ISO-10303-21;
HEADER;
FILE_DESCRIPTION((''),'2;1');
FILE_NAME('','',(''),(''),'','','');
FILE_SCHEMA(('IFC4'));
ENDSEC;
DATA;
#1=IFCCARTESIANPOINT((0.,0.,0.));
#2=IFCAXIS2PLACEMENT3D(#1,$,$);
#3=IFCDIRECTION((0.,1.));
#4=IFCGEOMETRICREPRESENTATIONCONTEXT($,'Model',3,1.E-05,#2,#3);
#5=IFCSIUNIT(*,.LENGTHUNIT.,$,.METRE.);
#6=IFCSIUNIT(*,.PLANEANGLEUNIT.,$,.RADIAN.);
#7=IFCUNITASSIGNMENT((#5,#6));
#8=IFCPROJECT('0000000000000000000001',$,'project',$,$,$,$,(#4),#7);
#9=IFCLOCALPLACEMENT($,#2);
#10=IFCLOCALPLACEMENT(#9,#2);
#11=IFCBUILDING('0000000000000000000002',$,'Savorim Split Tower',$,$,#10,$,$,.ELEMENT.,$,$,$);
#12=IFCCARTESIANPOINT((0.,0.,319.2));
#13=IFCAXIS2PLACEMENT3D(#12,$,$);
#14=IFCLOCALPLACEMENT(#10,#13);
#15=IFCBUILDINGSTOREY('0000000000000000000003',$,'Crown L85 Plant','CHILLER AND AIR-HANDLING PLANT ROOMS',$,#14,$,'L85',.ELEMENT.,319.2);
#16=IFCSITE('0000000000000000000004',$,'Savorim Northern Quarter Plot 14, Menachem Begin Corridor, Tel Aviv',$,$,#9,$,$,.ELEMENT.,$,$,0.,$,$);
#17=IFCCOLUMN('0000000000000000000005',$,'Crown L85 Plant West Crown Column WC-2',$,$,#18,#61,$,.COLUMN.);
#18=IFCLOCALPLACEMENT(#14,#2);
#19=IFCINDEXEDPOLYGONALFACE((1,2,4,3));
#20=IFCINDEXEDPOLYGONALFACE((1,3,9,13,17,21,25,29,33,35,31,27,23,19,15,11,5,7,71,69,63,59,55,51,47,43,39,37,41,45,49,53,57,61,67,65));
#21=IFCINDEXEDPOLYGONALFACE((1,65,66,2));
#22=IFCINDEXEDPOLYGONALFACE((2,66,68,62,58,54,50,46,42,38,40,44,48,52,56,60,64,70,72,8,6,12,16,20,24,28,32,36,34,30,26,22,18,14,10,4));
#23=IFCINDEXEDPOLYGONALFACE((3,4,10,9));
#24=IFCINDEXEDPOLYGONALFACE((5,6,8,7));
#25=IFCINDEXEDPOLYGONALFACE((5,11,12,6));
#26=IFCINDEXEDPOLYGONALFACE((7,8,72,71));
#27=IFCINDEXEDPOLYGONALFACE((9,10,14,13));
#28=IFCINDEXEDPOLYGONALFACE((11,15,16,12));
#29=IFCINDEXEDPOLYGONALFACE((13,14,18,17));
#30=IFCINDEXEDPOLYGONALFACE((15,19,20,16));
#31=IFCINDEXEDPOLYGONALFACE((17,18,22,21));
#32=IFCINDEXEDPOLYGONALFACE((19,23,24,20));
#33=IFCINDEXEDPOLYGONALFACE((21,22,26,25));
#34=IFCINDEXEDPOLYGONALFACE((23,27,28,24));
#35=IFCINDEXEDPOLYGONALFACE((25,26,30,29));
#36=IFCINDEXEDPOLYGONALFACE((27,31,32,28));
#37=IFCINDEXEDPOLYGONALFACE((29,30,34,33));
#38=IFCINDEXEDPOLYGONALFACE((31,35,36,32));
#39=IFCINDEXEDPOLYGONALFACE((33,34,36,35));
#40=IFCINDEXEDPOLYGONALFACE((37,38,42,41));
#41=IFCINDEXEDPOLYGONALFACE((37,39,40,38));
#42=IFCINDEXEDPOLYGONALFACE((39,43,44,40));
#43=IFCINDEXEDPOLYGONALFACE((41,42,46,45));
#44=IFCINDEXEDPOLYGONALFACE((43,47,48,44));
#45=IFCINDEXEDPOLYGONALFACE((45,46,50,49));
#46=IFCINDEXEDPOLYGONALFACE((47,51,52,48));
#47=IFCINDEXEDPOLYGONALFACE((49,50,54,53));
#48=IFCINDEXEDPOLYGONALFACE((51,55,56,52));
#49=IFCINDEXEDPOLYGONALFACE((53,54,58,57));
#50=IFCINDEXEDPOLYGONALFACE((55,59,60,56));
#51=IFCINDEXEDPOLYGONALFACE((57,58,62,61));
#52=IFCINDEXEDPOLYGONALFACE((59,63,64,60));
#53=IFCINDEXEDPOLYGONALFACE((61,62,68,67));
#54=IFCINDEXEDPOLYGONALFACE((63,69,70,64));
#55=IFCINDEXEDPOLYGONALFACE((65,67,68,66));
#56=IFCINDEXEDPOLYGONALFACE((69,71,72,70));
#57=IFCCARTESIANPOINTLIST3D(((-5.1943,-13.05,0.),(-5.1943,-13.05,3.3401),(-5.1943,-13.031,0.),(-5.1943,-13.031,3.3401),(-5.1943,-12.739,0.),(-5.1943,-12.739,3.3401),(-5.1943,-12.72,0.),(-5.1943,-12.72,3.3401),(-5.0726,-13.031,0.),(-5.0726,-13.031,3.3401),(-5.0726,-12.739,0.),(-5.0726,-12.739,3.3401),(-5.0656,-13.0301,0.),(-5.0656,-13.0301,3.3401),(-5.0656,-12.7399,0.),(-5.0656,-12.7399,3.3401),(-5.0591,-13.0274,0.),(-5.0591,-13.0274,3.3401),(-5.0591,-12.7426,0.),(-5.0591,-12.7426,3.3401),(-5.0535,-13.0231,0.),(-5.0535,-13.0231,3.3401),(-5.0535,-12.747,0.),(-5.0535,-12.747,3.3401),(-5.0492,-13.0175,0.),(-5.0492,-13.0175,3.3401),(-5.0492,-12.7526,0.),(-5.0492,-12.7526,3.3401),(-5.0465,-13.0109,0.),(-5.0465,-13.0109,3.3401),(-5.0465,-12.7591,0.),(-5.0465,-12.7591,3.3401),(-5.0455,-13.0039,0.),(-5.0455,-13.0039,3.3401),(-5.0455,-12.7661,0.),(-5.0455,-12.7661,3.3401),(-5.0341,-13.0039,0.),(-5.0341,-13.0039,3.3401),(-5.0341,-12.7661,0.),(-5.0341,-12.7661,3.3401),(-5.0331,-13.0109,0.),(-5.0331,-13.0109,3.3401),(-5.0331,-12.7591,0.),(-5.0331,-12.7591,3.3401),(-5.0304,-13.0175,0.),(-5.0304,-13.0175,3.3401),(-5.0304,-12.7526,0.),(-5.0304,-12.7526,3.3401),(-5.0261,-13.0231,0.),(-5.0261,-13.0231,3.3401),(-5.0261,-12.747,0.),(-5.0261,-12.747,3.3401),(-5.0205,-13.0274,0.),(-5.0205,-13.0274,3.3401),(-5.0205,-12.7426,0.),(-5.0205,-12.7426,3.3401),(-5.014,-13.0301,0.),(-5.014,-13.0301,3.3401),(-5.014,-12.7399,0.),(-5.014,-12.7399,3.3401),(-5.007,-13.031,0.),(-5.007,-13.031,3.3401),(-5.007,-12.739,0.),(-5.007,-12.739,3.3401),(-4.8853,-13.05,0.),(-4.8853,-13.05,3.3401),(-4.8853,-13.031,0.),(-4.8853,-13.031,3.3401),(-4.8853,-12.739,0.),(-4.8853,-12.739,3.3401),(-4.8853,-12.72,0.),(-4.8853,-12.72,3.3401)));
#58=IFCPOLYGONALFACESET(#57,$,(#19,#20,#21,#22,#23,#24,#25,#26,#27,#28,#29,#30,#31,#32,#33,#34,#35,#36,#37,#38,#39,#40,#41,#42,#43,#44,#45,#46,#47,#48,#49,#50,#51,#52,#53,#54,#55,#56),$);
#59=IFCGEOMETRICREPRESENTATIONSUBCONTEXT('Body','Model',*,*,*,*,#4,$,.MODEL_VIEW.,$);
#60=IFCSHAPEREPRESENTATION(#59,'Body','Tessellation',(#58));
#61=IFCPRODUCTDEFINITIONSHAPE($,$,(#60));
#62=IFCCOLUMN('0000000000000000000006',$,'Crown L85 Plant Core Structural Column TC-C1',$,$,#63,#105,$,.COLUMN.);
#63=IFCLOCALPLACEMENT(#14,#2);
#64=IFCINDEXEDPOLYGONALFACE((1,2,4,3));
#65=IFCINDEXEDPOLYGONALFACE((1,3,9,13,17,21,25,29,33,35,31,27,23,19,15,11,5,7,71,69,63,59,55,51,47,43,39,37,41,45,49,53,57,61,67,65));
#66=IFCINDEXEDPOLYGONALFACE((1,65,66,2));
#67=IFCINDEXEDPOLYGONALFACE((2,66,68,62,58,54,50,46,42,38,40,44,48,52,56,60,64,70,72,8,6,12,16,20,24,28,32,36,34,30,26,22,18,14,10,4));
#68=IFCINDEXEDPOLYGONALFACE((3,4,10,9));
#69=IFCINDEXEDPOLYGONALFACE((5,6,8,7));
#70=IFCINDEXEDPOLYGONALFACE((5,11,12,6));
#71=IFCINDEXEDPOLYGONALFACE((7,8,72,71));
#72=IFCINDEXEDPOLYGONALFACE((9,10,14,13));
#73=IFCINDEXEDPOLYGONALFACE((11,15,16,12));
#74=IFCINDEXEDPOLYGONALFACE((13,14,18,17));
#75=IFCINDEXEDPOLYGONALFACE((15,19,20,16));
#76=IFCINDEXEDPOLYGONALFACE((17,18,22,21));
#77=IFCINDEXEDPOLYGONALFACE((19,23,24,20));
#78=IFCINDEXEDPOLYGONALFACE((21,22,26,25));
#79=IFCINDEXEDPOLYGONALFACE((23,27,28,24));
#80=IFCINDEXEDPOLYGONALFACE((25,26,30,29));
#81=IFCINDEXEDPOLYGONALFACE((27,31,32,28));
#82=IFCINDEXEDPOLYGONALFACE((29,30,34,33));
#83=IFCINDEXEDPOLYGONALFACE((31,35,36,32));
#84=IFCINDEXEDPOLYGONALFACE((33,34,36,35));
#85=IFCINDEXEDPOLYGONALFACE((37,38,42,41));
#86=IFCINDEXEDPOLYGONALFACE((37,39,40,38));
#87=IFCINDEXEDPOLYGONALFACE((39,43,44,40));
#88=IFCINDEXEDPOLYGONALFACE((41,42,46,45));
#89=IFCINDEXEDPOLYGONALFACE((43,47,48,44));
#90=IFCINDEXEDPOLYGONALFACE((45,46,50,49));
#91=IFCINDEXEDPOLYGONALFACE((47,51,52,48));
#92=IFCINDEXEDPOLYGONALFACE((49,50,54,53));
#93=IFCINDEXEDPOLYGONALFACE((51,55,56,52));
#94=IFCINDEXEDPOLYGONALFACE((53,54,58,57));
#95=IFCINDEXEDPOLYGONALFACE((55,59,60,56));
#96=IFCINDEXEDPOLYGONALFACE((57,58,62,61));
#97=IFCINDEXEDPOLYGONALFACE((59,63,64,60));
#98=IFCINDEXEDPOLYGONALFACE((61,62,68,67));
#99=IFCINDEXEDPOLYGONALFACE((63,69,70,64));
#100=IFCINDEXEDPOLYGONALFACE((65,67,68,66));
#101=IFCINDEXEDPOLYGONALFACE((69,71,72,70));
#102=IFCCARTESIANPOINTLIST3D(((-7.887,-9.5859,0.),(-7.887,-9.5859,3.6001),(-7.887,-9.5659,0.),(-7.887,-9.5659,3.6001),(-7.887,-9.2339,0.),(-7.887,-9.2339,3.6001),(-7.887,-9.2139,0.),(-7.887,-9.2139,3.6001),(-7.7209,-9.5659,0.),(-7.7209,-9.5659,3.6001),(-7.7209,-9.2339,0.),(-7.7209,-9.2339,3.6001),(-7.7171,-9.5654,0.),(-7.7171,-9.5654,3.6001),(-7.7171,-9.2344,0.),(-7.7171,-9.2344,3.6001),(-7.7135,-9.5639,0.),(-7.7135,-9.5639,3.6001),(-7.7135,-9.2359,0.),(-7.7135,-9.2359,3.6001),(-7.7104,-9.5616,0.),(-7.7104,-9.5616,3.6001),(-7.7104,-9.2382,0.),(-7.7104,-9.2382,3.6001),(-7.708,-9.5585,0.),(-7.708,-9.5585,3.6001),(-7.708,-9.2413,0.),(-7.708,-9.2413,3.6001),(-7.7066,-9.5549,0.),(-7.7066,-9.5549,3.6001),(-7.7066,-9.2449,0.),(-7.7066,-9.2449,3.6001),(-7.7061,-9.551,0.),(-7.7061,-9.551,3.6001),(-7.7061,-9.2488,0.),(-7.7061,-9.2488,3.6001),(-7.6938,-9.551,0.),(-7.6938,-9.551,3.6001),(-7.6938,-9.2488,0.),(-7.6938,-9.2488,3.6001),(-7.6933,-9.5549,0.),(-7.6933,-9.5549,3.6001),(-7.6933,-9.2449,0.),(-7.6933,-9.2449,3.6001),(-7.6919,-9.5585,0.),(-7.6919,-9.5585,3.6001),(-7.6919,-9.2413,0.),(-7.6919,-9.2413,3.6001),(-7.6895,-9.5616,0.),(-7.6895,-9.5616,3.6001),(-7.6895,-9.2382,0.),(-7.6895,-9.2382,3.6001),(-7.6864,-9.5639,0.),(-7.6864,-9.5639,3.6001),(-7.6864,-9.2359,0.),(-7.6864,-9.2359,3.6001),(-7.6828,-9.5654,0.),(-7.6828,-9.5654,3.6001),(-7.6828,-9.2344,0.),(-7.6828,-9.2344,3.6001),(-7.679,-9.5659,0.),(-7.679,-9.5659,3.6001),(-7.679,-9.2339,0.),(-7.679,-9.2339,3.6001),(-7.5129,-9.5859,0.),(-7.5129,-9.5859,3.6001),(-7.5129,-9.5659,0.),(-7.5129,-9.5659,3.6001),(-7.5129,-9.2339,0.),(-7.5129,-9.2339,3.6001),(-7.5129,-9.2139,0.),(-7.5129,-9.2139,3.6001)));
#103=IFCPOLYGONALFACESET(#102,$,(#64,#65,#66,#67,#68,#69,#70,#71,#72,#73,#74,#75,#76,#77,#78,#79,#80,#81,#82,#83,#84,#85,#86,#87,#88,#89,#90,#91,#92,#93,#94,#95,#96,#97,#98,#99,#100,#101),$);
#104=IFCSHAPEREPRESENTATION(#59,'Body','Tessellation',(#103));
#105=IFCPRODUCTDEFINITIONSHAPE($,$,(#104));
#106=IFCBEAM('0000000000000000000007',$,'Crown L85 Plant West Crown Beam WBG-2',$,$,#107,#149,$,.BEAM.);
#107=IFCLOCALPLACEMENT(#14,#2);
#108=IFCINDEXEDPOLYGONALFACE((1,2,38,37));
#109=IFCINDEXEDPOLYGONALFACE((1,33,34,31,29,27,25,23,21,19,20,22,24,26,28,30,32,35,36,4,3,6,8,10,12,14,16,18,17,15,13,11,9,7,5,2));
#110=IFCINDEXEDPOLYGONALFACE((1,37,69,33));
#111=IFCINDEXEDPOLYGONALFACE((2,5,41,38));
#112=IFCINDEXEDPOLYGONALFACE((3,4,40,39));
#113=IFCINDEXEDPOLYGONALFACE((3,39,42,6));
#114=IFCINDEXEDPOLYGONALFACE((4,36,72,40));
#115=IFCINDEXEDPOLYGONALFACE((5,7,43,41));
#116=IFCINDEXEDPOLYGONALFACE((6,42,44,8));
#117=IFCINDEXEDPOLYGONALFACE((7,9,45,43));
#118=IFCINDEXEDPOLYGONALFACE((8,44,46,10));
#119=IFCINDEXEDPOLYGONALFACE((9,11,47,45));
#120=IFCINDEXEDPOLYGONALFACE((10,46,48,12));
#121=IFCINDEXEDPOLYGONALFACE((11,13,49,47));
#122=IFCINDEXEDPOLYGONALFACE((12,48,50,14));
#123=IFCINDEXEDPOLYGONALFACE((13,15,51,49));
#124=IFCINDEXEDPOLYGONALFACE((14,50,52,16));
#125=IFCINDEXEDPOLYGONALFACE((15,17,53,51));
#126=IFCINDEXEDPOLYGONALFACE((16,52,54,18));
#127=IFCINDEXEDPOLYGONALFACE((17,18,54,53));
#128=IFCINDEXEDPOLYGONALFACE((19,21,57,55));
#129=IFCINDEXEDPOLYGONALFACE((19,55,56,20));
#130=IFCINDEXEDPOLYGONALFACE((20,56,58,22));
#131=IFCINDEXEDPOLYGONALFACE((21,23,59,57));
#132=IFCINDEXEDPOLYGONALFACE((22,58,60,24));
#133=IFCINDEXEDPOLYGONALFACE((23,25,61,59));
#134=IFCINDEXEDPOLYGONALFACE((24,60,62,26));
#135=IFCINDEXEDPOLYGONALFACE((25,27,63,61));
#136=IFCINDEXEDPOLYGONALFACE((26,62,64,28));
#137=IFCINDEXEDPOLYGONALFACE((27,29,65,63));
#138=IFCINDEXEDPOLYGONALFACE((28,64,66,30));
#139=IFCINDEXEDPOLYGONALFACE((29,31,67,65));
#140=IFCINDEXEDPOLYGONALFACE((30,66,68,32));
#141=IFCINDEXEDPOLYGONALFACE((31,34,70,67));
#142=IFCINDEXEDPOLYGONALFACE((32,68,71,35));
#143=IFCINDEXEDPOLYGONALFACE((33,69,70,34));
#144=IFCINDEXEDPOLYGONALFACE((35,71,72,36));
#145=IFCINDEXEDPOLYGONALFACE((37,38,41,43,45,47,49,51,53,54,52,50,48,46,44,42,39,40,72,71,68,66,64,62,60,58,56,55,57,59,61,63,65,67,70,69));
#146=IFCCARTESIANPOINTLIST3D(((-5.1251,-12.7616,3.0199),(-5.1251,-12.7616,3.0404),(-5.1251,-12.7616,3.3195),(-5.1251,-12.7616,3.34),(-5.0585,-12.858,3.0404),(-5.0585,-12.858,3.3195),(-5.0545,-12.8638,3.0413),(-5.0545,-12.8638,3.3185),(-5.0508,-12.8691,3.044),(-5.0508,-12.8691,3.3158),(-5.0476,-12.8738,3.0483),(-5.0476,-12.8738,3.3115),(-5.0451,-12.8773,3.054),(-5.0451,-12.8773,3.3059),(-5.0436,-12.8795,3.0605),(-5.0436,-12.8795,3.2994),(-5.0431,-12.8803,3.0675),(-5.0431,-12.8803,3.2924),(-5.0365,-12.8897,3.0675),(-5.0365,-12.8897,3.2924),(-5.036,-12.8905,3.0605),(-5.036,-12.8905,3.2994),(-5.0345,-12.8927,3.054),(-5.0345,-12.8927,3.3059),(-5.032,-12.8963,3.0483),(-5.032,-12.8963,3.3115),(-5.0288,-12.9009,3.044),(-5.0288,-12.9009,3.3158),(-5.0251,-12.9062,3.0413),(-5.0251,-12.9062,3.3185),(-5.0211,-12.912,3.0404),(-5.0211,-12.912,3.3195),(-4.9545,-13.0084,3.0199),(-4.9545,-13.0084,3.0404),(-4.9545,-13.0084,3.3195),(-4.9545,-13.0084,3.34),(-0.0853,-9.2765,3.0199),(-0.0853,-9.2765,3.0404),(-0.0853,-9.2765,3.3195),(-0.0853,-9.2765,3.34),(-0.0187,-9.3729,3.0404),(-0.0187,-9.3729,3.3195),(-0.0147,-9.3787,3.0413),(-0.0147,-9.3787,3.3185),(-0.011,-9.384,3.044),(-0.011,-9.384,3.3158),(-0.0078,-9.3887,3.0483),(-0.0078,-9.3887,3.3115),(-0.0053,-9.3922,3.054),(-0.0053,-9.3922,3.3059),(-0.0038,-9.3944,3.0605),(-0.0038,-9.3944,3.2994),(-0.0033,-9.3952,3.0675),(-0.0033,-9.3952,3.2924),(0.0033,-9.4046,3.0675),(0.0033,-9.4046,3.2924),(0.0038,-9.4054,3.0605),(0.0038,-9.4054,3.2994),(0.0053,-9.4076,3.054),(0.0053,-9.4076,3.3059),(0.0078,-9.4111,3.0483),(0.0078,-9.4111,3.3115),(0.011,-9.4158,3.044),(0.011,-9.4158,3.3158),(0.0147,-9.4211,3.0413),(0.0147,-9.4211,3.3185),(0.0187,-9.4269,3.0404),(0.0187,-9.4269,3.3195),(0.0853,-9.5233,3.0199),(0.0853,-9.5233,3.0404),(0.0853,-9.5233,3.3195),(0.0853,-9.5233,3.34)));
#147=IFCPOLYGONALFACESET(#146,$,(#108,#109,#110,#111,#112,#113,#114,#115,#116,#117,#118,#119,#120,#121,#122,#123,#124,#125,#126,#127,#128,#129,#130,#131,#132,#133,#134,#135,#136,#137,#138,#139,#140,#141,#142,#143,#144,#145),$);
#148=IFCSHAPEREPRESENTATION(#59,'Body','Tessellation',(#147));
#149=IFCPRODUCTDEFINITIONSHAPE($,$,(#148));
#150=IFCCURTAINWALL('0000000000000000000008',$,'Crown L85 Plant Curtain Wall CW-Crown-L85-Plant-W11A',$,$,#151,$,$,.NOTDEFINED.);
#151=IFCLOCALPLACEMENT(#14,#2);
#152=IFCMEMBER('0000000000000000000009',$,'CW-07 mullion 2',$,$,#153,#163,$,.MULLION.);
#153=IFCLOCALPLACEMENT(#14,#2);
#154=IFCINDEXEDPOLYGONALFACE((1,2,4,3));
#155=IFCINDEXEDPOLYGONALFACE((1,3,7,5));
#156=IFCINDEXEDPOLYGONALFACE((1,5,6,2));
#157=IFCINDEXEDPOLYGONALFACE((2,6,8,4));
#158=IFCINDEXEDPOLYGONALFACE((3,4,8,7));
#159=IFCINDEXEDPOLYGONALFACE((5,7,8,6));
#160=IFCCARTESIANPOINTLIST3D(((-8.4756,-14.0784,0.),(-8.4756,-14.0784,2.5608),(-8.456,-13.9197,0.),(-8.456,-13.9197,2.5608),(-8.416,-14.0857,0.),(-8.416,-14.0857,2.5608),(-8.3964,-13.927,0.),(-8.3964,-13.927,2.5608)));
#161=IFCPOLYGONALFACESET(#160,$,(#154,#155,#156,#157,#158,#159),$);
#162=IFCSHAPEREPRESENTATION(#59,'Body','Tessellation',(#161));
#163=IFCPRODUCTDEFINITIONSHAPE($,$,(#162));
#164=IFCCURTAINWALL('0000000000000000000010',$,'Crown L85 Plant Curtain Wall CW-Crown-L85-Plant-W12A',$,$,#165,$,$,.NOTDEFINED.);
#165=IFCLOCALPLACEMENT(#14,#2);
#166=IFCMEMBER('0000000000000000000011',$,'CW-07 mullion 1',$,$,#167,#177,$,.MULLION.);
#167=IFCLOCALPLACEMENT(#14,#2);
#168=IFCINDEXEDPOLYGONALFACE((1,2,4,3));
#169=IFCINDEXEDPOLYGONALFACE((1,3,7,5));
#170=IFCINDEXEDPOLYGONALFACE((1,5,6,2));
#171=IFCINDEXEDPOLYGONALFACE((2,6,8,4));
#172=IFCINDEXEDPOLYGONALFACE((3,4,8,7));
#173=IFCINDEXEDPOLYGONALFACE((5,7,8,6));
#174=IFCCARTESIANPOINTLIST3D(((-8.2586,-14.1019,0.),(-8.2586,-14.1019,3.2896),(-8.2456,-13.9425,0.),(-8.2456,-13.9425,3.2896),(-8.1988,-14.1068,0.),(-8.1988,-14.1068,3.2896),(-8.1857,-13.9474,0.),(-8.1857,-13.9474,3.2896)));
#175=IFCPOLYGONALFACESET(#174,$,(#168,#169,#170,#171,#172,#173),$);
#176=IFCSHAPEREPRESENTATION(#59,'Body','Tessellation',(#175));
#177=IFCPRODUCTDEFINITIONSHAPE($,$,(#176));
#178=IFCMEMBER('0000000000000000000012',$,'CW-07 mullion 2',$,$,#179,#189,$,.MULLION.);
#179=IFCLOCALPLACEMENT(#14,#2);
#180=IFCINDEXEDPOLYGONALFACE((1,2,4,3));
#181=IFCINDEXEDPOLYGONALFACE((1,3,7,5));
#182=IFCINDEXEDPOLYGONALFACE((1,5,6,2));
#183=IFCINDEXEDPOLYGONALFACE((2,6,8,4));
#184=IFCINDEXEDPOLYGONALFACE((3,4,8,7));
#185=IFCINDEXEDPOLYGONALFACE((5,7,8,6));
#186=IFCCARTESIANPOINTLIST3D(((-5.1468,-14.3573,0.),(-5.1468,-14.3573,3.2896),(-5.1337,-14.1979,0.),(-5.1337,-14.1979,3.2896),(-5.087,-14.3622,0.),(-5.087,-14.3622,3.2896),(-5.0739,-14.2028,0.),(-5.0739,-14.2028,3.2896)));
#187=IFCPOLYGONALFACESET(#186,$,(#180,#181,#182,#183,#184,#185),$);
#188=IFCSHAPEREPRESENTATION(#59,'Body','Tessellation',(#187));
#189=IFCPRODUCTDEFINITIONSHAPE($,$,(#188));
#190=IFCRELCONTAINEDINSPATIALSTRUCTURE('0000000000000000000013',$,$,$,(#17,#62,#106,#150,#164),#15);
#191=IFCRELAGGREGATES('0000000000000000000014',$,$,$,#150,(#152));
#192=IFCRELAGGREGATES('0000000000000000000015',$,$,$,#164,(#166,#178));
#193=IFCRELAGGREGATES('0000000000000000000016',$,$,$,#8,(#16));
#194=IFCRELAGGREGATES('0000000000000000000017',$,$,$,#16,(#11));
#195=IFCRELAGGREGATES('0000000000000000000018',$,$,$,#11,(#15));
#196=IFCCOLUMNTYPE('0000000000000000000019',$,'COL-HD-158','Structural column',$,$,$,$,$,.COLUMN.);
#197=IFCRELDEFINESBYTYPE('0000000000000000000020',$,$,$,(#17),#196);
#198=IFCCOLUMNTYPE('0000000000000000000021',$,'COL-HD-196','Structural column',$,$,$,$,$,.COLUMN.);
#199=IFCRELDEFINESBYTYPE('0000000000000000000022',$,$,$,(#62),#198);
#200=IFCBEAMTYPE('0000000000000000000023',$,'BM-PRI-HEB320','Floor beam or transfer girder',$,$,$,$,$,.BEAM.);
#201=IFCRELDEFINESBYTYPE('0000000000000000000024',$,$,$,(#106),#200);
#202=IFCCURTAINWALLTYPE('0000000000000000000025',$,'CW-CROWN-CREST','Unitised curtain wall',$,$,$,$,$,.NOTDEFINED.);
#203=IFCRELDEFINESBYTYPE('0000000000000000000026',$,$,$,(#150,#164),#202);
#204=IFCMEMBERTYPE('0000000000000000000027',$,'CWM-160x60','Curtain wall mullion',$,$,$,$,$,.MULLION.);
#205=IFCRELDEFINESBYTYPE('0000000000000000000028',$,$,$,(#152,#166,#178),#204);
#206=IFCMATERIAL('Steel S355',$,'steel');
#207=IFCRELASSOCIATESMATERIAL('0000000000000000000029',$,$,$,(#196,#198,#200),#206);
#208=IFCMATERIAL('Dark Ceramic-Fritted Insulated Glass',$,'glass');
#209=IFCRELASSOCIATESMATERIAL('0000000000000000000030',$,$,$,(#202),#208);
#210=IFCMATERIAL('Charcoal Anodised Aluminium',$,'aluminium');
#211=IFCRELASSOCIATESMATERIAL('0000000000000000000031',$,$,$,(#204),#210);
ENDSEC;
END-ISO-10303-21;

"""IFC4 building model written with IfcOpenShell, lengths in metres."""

from ifc_helpers import new_model, si_unit, direction, frame, origin, origin_2d, place, context, subcontext, project, spatial, rectangle, i_section, extrude, material, material_profile, profile_set, type_object, element, aggregate, save


model = new_model("IFC4")

# Units and contexts
model_context = context("Model", 3, precision=1e-05, world=origin(), true_north=direction((0.0, 1.0)))
body_context = subcontext(model_context, "Body", "Model", "MODEL_VIEW")
ifc_project = project(units=[si_unit("LENGTHUNIT", "METRE"), si_unit("PLANEANGLEUNIT", "RADIAN")], contexts=[model_context])

# Site, building, storey
site_placement = place(None, origin())
site = spatial("IfcSite", under=ifc_project, at=site_placement, Name="Savorim Northern Quarter Plot 14, Menachem Begin Corridor, Tel Aviv", CompositionType="ELEMENT", RefElevation=0.0)
building_placement = place(site_placement, origin())
building = spatial("IfcBuilding", under=site, at=building_placement, Name="Savorim Split Tower", CompositionType="ELEMENT")
storey_placement = place(building_placement, frame((0.0, 0.0, 319.2)))
storey = spatial("IfcBuildingStorey", under=building, at=storey_placement, Name="Crown L85 Plant", Description="CHILLER AND AIR-HANDLING PLANT ROOMS", LongName="L85", CompositionType="ELEMENT", Elevation=319.2)

# Columns
ifc_material_1 = material(Name="Steel S355", Category="steel")
ifc_material_profile_1 = material_profile(ifc_material_1, i_section(OverallWidth=0.3091, OverallDepth=0.3301, WebThickness=0.0115, FlangeThickness=0.019, FilletRadius=0.0271, at=origin_2d()), Name="HD 320x158")
ifc_profile_set_1 = profile_set([ifc_material_profile_1], Name="Steel S355")
column_type_1 = type_object("IfcColumnType", Name="COL-HD-158", Description="Structural column", PredefinedType="COLUMN", material=ifc_profile_set_1)
column_1_placement = place(storey_placement, frame((-5.0398, -12.885, 0.0), z_axis=(0.0, 0.0, 1.0), x_axis=(1.0, 0.0, 0.0)))
element("IfcColumn", 1, at=column_1_placement, inside=storey, type_object=column_type_1, Name="Crown L85 Plant West Crown Column WC-2", PredefinedType="COLUMN", context=body_context, shape_type="SweptSolid", body=[
    extrude(i_section(OverallWidth=0.3091, OverallDepth=0.3301, WebThickness=0.0115, FlangeThickness=0.019, FilletRadius=0.0271, at=origin_2d()), origin(), (0.0, 0.0, 1.0), 3.3401),
])
ifc_material_profile_2 = material_profile(ifc_material_1, i_section(OverallWidth=0.374, OverallDepth=0.3721, WebThickness=0.0122, FlangeThickness=0.02, FilletRadius=0.0149, at=origin_2d()), Name="HD 360x196")
ifc_profile_set_2 = profile_set([ifc_material_profile_2], Name="Steel S355")
column_type_2 = type_object("IfcColumnType", Name="COL-HD-196", Description="Structural column", PredefinedType="COLUMN", material=ifc_profile_set_2)
column_2_placement = place(storey_placement, frame((-7.7, -9.3999, 0.0), z_axis=(0.0, 0.0, 1.0), x_axis=(1.0, 0.0, 0.0)))
element("IfcColumn", 2, at=column_2_placement, inside=storey, type_object=column_type_2, Name="Crown L85 Plant Core Structural Column TC-C1", PredefinedType="COLUMN", context=body_context, shape_type="SweptSolid", body=[
    extrude(i_section(OverallWidth=0.374, OverallDepth=0.3721, WebThickness=0.0122, FlangeThickness=0.02, FilletRadius=0.0149, at=origin_2d()), origin(), (0.0, 0.0, 1.0), 3.6001),
])

# Beam
ifc_material_profile_3 = material_profile(ifc_material_1, i_section(OverallWidth=0.3, OverallDepth=0.3201, WebThickness=0.0115, FlangeThickness=0.0205, FilletRadius=0.0271, at=origin_2d()), Name="HEB 320")
ifc_profile_set_3 = profile_set([ifc_material_profile_3], Name="Steel S355")
beam_type = type_object("IfcBeamType", Name="BM-PRI-HEB320", Description="Floor beam or transfer girder", PredefinedType="BEAM", material=ifc_profile_set_3)
beam_placement = place(storey_placement, frame((-5.0398, -12.885, 3.1799), z_axis=(0.822496, 0.568771, 0.0), x_axis=(-0.568771, 0.822496, 0.0)))
element("IfcBeam", 3, at=beam_placement, inside=storey, type_object=beam_type, Name="Crown L85 Plant West Crown Beam WBG-2", PredefinedType="BEAM", context=body_context, shape_type="SweptSolid", body=[
    extrude(i_section(OverallWidth=0.3, OverallDepth=0.3201, WebThickness=0.0115, FlangeThickness=0.0205, FilletRadius=0.0271, at=origin_2d()), origin(), (0.0, 0.0, 1.0), 6.1274),
])

# Curtain wall, member
ifc_material_2 = material(Name="Dark Ceramic-Fritted Insulated Glass", Category="glass")
curtain_wall_type = type_object("IfcCurtainWallType", Name="CW-CROWN-CREST", Description="Unitised curtain wall", PredefinedType="NOTDEFINED", material=ifc_material_2)
curtain_wall_1_placement = place(storey_placement, origin())
curtain_wall_1 = element("IfcCurtainWall", 4, at=curtain_wall_1_placement, inside=storey, type_object=curtain_wall_type, Name="Crown L85 Plant Curtain Wall CW-Crown-L85-Plant-W11A", PredefinedType="NOTDEFINED")
ifc_material_3 = material(Name="Charcoal Anodised Aluminium", Category="aluminium")
ifc_material_profile_4 = material_profile(ifc_material_3, rectangle(XDim=0.1599, YDim=0.0601, at=origin_2d()), Name="ALU-M 160x60")
ifc_profile_set_4 = profile_set([ifc_material_profile_4], Name="Charcoal Anodised Aluminium")
member_type_1 = type_object("IfcMemberType", Name="CWM-160x60", Description="Curtain wall mullion", PredefinedType="MULLION", material=ifc_profile_set_4)
member_1_placement = place(storey_placement, frame((-8.436, -14.0027, 0.0), z_axis=(0.0, 0.0, 1.0), x_axis=(0.122464, 0.992473, 0.0)))
member_1 = element("IfcMember", 5, at=member_1_placement, type_object=member_type_1, Name="CW-07 mullion 2", PredefinedType="MULLION", context=body_context, shape_type="SweptSolid", body=[
    extrude(rectangle(XDim=0.1599, YDim=0.0601, at=origin_2d()), origin(), (0.0, 0.0, 1.0), 2.5608),
])

# Curtain wall, members
curtain_wall_2_placement = place(storey_placement, origin())
curtain_wall_2 = element("IfcCurtainWall", 6, at=curtain_wall_2_placement, inside=storey, type_object=curtain_wall_type, Name="Crown L85 Plant Curtain Wall CW-Crown-L85-Plant-W12A", PredefinedType="NOTDEFINED")
member_2_placement = place(storey_placement, frame((-8.2222, -14.0247, 0.0), z_axis=(0.0, 0.0, 1.0), x_axis=(0.081797, 0.996649, 0.0)))
member_2 = element("IfcMember", 7, at=member_2_placement, type_object=member_type_1, Name="CW-07 mullion 1", PredefinedType="MULLION", context=body_context, shape_type="SweptSolid", body=[
    extrude(rectangle(XDim=0.1599, YDim=0.0601, at=origin_2d()), origin(), (0.0, 0.0, 1.0), 3.2896),
])
member_3_placement = place(storey_placement, frame((-5.1104, -14.28, 0.0), z_axis=(0.0, 0.0, 1.0), x_axis=(0.081797, 0.996649, 0.0)))
member_3 = element("IfcMember", 8, at=member_3_placement, type_object=member_type_1, Name="CW-07 mullion 2", PredefinedType="MULLION", context=body_context, shape_type="SweptSolid", body=[
    extrude(rectangle(XDim=0.1599, YDim=0.0601, at=origin_2d()), origin(), (0.0, 0.0, 1.0), 3.2896),
])

aggregate(curtain_wall_1, [member_1])
aggregate(curtain_wall_2, [member_2, member_3])

save(model, "model.ifc")
